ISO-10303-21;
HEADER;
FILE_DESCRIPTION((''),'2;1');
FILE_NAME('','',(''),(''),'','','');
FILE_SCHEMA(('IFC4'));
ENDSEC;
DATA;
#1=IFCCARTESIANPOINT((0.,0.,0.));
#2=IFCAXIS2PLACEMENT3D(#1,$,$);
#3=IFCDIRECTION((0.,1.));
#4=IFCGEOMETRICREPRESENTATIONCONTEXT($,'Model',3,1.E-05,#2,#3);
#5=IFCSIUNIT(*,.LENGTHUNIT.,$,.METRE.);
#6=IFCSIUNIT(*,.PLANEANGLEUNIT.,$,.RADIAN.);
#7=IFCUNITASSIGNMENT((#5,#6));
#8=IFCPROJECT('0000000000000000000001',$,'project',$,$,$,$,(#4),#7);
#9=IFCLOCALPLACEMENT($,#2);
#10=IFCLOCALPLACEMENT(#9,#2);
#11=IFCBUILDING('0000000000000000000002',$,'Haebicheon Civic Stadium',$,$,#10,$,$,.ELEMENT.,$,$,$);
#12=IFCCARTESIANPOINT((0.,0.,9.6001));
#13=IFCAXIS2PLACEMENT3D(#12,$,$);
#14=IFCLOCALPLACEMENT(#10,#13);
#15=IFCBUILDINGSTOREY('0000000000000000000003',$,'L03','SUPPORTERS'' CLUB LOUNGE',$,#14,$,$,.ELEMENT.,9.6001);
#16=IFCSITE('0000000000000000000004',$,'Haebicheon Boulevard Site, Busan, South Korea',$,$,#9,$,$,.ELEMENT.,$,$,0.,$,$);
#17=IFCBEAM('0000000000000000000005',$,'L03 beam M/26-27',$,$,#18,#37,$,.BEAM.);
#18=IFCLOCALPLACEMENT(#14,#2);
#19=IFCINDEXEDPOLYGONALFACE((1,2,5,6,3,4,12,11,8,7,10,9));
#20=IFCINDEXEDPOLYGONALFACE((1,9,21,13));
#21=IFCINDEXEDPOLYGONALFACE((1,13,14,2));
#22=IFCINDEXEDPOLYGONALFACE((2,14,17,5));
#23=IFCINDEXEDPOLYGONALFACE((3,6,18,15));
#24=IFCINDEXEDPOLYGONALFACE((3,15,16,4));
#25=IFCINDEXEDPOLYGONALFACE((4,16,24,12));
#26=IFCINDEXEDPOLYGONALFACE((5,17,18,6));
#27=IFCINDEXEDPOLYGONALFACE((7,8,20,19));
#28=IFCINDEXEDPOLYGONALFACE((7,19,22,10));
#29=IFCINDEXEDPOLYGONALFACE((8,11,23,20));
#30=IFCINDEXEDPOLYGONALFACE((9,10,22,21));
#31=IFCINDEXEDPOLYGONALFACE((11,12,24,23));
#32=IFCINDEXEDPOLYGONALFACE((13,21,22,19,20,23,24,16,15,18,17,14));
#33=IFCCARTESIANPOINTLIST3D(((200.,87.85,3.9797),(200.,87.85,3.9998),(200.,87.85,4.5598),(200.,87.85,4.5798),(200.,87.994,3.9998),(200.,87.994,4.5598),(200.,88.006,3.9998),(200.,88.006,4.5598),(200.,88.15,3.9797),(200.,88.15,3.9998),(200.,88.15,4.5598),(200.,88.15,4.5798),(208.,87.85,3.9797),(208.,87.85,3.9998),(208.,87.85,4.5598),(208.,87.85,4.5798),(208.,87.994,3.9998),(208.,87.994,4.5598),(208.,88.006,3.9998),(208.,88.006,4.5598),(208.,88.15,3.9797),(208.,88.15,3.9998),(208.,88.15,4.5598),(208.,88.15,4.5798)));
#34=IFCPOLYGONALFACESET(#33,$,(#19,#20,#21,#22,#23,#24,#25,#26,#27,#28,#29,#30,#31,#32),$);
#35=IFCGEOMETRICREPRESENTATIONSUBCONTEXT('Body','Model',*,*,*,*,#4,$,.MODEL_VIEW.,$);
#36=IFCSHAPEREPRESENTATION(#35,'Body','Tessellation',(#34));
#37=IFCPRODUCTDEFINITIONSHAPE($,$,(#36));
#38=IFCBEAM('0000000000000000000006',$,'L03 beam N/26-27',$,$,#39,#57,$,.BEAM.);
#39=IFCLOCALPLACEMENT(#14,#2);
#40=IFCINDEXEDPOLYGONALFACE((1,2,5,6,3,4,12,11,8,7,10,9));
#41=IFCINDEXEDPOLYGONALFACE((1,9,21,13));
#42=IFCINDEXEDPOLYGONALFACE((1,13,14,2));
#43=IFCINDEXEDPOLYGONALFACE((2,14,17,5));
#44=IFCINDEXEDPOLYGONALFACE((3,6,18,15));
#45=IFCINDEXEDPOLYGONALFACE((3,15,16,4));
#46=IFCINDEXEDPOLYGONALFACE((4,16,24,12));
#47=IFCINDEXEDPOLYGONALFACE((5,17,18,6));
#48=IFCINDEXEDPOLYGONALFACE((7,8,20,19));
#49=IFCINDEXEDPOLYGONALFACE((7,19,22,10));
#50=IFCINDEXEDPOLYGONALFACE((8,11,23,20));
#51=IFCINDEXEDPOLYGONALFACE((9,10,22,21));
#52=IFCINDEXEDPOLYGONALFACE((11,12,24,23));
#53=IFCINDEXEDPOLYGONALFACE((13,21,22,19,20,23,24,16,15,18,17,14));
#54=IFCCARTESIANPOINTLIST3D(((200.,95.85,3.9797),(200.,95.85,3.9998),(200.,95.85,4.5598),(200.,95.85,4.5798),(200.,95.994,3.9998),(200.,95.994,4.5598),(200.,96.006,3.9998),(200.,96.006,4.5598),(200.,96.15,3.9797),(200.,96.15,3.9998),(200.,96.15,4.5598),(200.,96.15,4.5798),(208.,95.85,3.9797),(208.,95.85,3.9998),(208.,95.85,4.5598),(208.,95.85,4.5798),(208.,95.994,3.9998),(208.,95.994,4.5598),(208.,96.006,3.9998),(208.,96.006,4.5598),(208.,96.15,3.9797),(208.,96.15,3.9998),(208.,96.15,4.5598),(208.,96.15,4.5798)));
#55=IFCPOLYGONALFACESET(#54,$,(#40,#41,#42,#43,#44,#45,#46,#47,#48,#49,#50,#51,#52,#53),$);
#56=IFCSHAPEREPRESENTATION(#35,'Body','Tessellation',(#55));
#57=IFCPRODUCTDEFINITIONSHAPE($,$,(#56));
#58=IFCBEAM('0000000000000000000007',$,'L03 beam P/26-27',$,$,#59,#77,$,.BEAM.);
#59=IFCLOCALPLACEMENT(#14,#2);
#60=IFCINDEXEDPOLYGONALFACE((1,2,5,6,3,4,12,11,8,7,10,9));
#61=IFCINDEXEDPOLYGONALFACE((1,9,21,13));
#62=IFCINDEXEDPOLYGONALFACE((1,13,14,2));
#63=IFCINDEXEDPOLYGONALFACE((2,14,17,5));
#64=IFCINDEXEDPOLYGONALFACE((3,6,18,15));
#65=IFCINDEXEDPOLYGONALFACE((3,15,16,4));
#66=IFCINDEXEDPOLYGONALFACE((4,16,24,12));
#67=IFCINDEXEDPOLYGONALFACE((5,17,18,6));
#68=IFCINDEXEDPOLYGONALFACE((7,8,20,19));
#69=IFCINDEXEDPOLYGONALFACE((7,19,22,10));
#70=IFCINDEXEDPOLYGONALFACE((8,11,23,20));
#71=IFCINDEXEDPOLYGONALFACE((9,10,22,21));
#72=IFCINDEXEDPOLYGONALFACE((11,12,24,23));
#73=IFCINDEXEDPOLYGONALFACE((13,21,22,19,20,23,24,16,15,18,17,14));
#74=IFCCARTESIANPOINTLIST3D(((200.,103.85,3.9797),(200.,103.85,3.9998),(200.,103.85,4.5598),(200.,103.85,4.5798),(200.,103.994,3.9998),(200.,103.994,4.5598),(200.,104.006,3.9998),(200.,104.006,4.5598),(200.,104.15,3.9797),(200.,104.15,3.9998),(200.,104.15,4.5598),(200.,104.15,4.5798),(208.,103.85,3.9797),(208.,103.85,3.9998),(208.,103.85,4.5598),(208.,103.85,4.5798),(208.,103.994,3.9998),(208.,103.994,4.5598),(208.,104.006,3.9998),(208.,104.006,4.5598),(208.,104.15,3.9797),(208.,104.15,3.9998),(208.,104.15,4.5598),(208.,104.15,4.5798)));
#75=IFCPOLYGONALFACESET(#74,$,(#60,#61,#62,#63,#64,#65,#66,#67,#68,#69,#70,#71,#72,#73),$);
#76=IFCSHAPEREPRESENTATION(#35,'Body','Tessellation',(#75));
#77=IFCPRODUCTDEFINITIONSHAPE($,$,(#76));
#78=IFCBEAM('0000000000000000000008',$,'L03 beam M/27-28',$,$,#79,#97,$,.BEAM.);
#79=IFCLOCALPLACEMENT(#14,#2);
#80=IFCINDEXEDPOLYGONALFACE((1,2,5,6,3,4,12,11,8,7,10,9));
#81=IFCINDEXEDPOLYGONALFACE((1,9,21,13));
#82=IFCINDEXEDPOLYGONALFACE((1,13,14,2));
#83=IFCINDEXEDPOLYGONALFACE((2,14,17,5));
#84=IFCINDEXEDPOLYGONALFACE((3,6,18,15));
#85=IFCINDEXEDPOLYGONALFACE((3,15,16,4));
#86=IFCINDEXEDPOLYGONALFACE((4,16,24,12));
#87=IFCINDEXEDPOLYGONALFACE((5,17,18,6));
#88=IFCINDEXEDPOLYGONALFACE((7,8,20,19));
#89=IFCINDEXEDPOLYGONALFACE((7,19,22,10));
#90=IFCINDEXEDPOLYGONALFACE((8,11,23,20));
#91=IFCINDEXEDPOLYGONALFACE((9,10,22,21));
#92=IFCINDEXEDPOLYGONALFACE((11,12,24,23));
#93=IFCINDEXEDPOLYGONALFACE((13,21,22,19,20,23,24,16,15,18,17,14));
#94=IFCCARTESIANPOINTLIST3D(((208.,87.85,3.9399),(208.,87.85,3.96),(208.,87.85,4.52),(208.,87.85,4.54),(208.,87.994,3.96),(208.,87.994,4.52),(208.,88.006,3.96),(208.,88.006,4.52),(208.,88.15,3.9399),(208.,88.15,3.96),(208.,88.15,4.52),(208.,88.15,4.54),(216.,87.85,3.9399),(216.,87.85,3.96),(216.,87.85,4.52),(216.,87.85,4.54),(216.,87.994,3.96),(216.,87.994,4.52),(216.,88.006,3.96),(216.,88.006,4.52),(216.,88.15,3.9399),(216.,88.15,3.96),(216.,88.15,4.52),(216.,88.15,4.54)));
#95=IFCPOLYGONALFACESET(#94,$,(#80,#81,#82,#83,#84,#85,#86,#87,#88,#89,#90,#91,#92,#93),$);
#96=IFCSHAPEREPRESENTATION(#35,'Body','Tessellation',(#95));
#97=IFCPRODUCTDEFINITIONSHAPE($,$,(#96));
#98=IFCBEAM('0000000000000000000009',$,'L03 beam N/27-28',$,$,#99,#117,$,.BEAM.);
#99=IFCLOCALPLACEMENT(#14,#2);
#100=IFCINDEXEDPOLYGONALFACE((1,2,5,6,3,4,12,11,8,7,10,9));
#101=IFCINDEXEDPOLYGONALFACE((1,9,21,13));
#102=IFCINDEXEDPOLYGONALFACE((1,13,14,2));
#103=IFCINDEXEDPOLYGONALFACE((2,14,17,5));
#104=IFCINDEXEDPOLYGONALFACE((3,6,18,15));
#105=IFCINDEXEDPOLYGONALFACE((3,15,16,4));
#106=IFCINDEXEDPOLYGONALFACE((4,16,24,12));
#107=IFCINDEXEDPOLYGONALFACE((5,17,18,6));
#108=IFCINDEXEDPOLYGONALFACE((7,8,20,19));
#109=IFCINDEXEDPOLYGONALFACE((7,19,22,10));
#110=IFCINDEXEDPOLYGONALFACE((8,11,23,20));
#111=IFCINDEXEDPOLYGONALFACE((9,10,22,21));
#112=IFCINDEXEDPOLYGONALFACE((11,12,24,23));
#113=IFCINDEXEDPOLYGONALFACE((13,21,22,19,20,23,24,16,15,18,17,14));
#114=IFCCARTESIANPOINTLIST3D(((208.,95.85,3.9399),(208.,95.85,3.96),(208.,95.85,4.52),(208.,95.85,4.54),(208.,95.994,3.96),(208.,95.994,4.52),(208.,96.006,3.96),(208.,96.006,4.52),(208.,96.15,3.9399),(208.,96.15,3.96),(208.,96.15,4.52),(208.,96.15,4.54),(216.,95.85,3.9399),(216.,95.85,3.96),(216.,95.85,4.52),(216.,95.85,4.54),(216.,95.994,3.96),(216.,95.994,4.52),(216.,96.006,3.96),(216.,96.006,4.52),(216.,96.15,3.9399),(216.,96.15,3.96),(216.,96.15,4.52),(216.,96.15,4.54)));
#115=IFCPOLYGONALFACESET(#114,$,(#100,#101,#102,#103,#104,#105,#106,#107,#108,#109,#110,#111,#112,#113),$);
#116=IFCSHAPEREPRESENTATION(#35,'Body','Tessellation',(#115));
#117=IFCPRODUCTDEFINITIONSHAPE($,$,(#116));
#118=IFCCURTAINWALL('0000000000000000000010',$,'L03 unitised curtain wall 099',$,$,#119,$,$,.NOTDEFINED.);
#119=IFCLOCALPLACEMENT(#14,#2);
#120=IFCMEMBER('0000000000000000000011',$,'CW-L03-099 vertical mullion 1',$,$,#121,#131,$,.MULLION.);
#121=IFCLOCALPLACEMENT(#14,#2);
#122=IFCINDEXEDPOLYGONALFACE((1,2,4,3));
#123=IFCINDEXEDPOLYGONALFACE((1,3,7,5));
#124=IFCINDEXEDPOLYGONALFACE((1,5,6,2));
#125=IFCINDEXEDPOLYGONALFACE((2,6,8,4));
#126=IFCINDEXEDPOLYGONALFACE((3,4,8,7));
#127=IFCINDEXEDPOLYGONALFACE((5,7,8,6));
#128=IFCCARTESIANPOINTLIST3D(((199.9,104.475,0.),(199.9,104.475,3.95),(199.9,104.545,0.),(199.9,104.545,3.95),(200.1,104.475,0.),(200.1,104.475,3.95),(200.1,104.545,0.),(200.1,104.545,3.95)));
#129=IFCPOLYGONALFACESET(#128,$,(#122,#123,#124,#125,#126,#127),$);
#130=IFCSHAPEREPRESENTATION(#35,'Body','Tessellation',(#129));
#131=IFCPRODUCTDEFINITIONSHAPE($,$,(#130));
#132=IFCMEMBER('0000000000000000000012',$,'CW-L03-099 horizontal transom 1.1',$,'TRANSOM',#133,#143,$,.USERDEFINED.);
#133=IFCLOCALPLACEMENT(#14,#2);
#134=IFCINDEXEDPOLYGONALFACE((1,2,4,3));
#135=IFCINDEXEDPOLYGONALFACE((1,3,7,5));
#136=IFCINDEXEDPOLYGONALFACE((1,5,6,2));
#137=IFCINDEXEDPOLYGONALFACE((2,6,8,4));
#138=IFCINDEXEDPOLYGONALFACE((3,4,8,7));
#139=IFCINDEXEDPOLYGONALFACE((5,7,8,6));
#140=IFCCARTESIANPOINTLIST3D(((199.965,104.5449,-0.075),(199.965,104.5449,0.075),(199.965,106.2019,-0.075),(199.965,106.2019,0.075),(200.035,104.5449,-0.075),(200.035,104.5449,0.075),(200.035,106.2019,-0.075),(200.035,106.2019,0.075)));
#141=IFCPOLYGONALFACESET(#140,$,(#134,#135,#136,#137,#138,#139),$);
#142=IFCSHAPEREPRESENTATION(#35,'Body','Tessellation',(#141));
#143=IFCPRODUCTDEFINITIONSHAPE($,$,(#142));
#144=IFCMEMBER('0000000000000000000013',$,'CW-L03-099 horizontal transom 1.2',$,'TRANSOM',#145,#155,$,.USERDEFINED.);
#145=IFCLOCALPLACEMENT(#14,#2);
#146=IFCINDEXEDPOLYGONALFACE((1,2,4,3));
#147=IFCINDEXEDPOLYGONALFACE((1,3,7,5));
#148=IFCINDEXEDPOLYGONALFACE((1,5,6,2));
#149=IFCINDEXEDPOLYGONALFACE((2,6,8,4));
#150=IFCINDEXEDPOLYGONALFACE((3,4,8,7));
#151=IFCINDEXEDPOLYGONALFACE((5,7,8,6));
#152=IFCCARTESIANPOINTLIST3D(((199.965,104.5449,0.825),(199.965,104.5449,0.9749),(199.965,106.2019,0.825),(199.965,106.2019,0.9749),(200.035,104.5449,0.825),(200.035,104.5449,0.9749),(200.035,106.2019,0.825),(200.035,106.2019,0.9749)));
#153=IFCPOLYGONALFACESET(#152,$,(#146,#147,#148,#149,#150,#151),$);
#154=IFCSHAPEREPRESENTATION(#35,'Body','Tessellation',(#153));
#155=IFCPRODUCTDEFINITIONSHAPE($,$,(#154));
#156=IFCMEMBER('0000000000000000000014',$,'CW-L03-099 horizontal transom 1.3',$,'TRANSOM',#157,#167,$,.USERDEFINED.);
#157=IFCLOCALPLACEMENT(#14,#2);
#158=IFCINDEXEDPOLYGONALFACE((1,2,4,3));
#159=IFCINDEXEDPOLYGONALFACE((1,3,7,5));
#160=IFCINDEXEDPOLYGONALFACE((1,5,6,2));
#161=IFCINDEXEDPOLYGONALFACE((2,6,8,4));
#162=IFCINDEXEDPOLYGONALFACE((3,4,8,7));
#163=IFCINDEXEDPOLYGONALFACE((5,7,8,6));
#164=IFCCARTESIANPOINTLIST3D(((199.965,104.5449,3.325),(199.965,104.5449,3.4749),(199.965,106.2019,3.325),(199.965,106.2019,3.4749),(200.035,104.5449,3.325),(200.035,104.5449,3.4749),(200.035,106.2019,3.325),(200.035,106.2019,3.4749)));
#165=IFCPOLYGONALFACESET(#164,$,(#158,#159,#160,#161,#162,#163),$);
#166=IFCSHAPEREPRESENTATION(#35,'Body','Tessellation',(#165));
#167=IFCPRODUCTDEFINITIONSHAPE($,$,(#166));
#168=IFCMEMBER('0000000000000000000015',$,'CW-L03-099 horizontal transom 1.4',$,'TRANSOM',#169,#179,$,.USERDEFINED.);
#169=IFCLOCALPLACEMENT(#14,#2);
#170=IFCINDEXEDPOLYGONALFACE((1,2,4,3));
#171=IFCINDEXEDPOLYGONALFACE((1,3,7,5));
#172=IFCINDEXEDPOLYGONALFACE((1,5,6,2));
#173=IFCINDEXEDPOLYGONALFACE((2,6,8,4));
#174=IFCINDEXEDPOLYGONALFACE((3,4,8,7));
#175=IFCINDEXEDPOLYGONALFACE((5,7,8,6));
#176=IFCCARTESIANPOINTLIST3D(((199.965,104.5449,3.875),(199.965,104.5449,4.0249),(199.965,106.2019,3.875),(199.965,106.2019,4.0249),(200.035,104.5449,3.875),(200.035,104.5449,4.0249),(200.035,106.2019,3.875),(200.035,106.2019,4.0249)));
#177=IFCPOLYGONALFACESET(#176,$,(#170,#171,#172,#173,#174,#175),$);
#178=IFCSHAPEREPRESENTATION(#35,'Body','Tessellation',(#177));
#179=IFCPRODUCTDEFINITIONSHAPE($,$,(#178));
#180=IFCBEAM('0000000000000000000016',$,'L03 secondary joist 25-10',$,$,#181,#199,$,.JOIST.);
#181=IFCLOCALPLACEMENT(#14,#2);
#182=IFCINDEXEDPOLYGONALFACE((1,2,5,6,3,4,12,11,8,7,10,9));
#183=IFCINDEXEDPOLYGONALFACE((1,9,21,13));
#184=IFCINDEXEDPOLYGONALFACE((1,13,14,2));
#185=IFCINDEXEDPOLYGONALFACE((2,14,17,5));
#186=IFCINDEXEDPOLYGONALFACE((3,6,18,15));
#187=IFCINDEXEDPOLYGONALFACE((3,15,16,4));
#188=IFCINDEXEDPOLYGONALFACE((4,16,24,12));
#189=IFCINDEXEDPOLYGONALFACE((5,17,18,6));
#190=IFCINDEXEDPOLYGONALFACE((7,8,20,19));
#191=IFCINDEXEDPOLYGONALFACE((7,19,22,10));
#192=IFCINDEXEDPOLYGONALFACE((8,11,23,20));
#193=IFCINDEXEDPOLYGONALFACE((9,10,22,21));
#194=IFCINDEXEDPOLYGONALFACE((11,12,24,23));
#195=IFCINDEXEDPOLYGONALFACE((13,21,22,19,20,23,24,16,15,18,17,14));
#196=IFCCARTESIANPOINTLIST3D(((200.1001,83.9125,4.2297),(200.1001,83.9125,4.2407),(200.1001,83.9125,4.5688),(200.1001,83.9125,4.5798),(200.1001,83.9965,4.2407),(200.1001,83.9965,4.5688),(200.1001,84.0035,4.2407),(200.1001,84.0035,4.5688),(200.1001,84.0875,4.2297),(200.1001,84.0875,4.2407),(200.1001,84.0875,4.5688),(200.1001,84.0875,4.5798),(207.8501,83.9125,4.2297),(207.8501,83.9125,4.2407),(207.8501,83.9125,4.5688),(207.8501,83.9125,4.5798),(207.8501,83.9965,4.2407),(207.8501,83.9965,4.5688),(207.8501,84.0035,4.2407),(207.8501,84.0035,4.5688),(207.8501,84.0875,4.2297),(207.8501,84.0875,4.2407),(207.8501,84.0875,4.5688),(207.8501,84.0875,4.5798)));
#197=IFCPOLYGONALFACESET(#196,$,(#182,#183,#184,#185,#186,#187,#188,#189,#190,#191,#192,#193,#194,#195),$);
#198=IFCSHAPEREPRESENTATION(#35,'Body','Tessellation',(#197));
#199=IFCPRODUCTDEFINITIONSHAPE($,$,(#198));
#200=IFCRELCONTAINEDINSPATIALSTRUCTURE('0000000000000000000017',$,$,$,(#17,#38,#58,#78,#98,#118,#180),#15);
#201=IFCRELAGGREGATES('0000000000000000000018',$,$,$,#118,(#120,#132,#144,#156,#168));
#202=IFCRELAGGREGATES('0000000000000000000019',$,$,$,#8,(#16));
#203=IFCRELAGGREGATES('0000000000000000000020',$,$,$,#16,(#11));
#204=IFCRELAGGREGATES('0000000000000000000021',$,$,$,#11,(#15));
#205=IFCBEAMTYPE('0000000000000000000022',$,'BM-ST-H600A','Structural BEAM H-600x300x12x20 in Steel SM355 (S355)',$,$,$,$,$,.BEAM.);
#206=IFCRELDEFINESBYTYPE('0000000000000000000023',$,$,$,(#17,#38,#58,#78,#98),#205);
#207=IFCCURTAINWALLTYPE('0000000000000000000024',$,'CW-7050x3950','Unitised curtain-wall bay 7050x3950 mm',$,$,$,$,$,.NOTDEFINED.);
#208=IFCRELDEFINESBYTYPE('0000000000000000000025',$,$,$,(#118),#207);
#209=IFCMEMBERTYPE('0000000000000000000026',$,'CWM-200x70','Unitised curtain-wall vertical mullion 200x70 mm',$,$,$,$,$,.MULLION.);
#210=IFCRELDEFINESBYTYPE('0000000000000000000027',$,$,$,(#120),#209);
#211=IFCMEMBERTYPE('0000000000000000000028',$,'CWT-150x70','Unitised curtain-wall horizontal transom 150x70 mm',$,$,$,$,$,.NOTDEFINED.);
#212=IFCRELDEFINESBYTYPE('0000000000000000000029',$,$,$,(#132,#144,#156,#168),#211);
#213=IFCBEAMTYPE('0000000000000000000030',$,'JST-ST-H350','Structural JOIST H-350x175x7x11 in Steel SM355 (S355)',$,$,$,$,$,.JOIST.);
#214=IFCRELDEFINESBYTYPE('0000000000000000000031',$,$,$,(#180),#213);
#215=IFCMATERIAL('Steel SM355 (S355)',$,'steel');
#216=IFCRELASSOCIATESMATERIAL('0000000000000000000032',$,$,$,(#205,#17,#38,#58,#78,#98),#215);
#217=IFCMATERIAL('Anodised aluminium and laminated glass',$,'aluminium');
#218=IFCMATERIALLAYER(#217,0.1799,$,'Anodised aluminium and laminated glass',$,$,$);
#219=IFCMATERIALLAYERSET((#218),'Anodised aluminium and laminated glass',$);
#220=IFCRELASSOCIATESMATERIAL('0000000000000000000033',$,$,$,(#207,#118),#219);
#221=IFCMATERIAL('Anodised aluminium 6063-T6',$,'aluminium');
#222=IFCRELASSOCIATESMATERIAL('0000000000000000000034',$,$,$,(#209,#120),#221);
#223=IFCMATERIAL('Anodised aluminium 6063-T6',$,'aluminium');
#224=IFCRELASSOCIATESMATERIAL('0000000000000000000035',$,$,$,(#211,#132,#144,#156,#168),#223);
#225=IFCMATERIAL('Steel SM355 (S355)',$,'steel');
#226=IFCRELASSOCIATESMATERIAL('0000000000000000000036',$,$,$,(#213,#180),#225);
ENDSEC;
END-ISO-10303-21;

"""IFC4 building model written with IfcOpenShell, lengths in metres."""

from ifc_helpers import new_model, si_unit, direction, frame, origin, origin_2d, place, context, subcontext, project, spatial, rectangle, i_section, extrude, material, layer, layer_set, material_profile, profile_set, type_object, element, aggregate, save


model = new_model("IFC4")

# Units and contexts
model_context = context("Model", 3, precision=1e-05, world=origin(), true_north=direction((0.0, 1.0)))
body_context = subcontext(model_context, "Body", "Model", "MODEL_VIEW")
ifc_project = project(units=[si_unit("LENGTHUNIT", "METRE"), si_unit("PLANEANGLEUNIT", "RADIAN")], contexts=[model_context])

# Site, building, storey
site_placement = place(None, origin())
site = spatial("IfcSite", under=ifc_project, at=site_placement, Name="Haebicheon Boulevard Site, Busan, South Korea", CompositionType="ELEMENT", RefElevation=0.0)
building_placement = place(site_placement, origin())
building = spatial("IfcBuilding", under=site, at=building_placement, Name="Haebicheon Civic Stadium", CompositionType="ELEMENT")
storey_placement = place(building_placement, frame((0.0, 0.0, 9.6001)))
storey = spatial("IfcBuildingStorey", under=building, at=storey_placement, Name="L03", Description="SUPPORTERS' CLUB LOUNGE", CompositionType="ELEMENT", Elevation=9.6001)

# Beams
ifc_material_1 = material(Name="Steel SM355 (S355)", Category="steel")
ifc_material_profile_1 = material_profile(ifc_material_1, i_section(OverallWidth=0.3, OverallDepth=0.6001, WebThickness=0.012, FlangeThickness=0.02, at=origin_2d()), Name="H-600x300x12x20")
ifc_profile_set_1 = profile_set([ifc_material_profile_1], Name="Steel SM355 (S355)")
beam_type_1 = type_object("IfcBeamType", Name="BM-ST-H600A", Description="Structural BEAM H-600x300x12x20 in Steel SM355 (S355)", PredefinedType="BEAM", material=ifc_profile_set_1)
for number, where, z_axis, x_axis, name in (
    (1, (200.0, 88.0, 4.2798), (1.0, 0.0, 0.0), (0.0, 1.0, 0.0), "L03 beam M/26-27"),
    (2, (200.0, 96.0, 4.2798), (1.0, 0.0, 0.0), (0.0, 1.0, 0.0), "L03 beam N/26-27"),
    (3, (200.0, 104.0, 4.2798), (1.0, 0.0, 0.0), (0.0, 1.0, 0.0), "L03 beam P/26-27"),
    (4, (208.0, 88.0, 4.24), (1.0, 0.0, 0.0), (0.0, 1.0, 0.0), "L03 beam M/27-28"),
    (5, (208.0, 96.0, 4.24), (1.0, 0.0, 0.0), (0.0, 1.0, 0.0), "L03 beam N/27-28"),
):
    element("IfcBeam", number, at=place(storey_placement, frame(where, z_axis=z_axis, x_axis=x_axis)), inside=storey, type_object=beam_type_1, material=ifc_profile_set_1, Name=name, PredefinedType="BEAM", context=body_context, shape_type="SweptSolid", body=[
        extrude(i_section(OverallWidth=0.3, OverallDepth=0.6001, WebThickness=0.012, FlangeThickness=0.02, at=origin_2d()), origin(), (0.0, 0.0, 1.0), 8.0),
    ])

# Curtain wall, members
ifc_material_2 = material(Name="Anodised aluminium and laminated glass", Category="aluminium")
ifc_layer_1 = layer(ifc_material_2, 0.1799, Name="Anodised aluminium and laminated glass")
ifc_layer_set_1 = layer_set([ifc_layer_1], Name="Anodised aluminium and laminated glass")
curtain_wall_type = type_object("IfcCurtainWallType", Name="CW-7050x3950", Description="Unitised curtain-wall bay 7050x3950 mm", PredefinedType="NOTDEFINED", material=ifc_layer_set_1)
curtain_wall_placement = place(storey_placement, origin())
curtain_wall = element("IfcCurtainWall", 6, at=curtain_wall_placement, inside=storey, type_object=curtain_wall_type, material=ifc_layer_set_1, Name="L03 unitised curtain wall 099", PredefinedType="NOTDEFINED")
ifc_material_3 = material(Name="Anodised aluminium 6063-T6", Category="aluminium")
ifc_material_profile_2 = material_profile(ifc_material_3, rectangle(XDim=0.0701, YDim=0.2, at=origin_2d()), Name="ALU-MULL-70x200")
ifc_profile_set_2 = profile_set([ifc_material_profile_2], Name="Anodised aluminium 6063-T6")
member_type_1 = type_object("IfcMemberType", Name="CWM-200x70", Description="Unitised curtain-wall vertical mullion 200x70 mm", PredefinedType="MULLION", material=ifc_profile_set_2)
member_1_placement = place(storey_placement, frame((200.0, 104.51, 0.0), z_axis=(0.0, 0.0, 1.0), x_axis=(0.0, 1.0, 0.0)))
member_1 = element("IfcMember", 7, at=member_1_placement, type_object=member_type_1, material=ifc_profile_set_2, Name="CW-L03-099 vertical mullion 1", PredefinedType="MULLION", context=body_context, shape_type="SweptSolid", body=[
    extrude(rectangle(XDim=0.0701, YDim=0.2, at=origin_2d()), origin(), (0.0, 0.0, 1.0), 3.95),
])
ifc_material_4 = material(Name="Anodised aluminium 6063-T6", Category="aluminium")
ifc_material_profile_3 = material_profile(ifc_material_4, rectangle(XDim=0.0701, YDim=0.1499, at=origin_2d()), Name="ALU-TRAN-70x150")
ifc_profile_set_3 = profile_set([ifc_material_profile_3], Name="Anodised aluminium 6063-T6")
member_type_2 = type_object("IfcMemberType", Name="CWT-150x70", Description="Unitised curtain-wall horizontal transom 150x70 mm", PredefinedType="NOTDEFINED", material=ifc_profile_set_3)
member_2_placement = place(storey_placement, frame((200.0, 104.5449, 0.0), z_axis=(0.0, 1.0, 0.0), x_axis=(-1.0, 0.0, 0.0)))
member_2 = element("IfcMember", 8, at=member_2_placement, type_object=member_type_2, material=ifc_profile_set_3, Name="CW-L03-099 horizontal transom 1.1", ObjectType="TRANSOM", PredefinedType="USERDEFINED", context=body_context, shape_type="SweptSolid", body=[
    extrude(rectangle(XDim=0.0701, YDim=0.1499, at=origin_2d()), origin(), (0.0, 0.0, 1.0), 1.657),
])
member_3_placement = place(storey_placement, frame((200.0, 104.5449, 0.8999), z_axis=(0.0, 1.0, 0.0), x_axis=(-1.0, 0.0, 0.0)))
member_3 = element("IfcMember", 9, at=member_3_placement, type_object=member_type_2, material=ifc_profile_set_3, Name="CW-L03-099 horizontal transom 1.2", ObjectType="TRANSOM", PredefinedType="USERDEFINED", context=body_context, shape_type="SweptSolid", body=[
    extrude(rectangle(XDim=0.0701, YDim=0.1499, at=origin_2d()), origin(), (0.0, 0.0, 1.0), 1.657),
])
member_4_placement = place(storey_placement, frame((200.0, 104.5449, 3.3999), z_axis=(0.0, 1.0, 0.0), x_axis=(-1.0, 0.0, 0.0)))
member_4 = element("IfcMember", 10, at=member_4_placement, type_object=member_type_2, material=ifc_profile_set_3, Name="CW-L03-099 horizontal transom 1.3", ObjectType="TRANSOM", PredefinedType="USERDEFINED", context=body_context, shape_type="SweptSolid", body=[
    extrude(rectangle(XDim=0.0701, YDim=0.1499, at=origin_2d()), origin(), (0.0, 0.0, 1.0), 1.657),
])
member_5_placement = place(storey_placement, frame((200.0, 104.5449, 3.95), z_axis=(0.0, 1.0, 0.0), x_axis=(-1.0, 0.0, 0.0)))
member_5 = element("IfcMember", 11, at=member_5_placement, type_object=member_type_2, material=ifc_profile_set_3, Name="CW-L03-099 horizontal transom 1.4", ObjectType="TRANSOM", PredefinedType="USERDEFINED", context=body_context, shape_type="SweptSolid", body=[
    extrude(rectangle(XDim=0.0701, YDim=0.1499, at=origin_2d()), origin(), (0.0, 0.0, 1.0), 1.657),
])
aggregate(curtain_wall, [member_1, member_2, member_3, member_4, member_5])

# Beam
ifc_material_5 = material(Name="Steel SM355 (S355)", Category="steel")
ifc_material_profile_4 = material_profile(ifc_material_5, i_section(OverallWidth=0.175, OverallDepth=0.3501, WebThickness=0.0071, FlangeThickness=0.011, at=origin_2d()), Name="H-350x175x7x11")
ifc_profile_set_4 = profile_set([ifc_material_profile_4], Name="Steel SM355 (S355)")
beam_type_2 = type_object("IfcBeamType", Name="JST-ST-H350", Description="Structural JOIST H-350x175x7x11 in Steel SM355 (S355)", PredefinedType="JOIST", material=ifc_profile_set_4)
for number, where, z_axis, x_axis, name in (
    (12, (200.1001, 84.0, 4.4048), (1.0, 0.0, 0.0), (0.0, 1.0, 0.0), "L03 secondary joist 25-10"),
):
    element("IfcBeam", number, at=place(storey_placement, frame(where, z_axis=z_axis, x_axis=x_axis)), inside=storey, type_object=beam_type_2, material=ifc_profile_set_4, Name=name, PredefinedType="JOIST", context=body_context, shape_type="SweptSolid", body=[
        extrude(i_section(OverallWidth=0.175, OverallDepth=0.3501, WebThickness=0.0071, FlangeThickness=0.011, at=origin_2d()), origin(), (0.0, 0.0, 1.0), 7.75),
    ])

save(model, "model.ifc")
